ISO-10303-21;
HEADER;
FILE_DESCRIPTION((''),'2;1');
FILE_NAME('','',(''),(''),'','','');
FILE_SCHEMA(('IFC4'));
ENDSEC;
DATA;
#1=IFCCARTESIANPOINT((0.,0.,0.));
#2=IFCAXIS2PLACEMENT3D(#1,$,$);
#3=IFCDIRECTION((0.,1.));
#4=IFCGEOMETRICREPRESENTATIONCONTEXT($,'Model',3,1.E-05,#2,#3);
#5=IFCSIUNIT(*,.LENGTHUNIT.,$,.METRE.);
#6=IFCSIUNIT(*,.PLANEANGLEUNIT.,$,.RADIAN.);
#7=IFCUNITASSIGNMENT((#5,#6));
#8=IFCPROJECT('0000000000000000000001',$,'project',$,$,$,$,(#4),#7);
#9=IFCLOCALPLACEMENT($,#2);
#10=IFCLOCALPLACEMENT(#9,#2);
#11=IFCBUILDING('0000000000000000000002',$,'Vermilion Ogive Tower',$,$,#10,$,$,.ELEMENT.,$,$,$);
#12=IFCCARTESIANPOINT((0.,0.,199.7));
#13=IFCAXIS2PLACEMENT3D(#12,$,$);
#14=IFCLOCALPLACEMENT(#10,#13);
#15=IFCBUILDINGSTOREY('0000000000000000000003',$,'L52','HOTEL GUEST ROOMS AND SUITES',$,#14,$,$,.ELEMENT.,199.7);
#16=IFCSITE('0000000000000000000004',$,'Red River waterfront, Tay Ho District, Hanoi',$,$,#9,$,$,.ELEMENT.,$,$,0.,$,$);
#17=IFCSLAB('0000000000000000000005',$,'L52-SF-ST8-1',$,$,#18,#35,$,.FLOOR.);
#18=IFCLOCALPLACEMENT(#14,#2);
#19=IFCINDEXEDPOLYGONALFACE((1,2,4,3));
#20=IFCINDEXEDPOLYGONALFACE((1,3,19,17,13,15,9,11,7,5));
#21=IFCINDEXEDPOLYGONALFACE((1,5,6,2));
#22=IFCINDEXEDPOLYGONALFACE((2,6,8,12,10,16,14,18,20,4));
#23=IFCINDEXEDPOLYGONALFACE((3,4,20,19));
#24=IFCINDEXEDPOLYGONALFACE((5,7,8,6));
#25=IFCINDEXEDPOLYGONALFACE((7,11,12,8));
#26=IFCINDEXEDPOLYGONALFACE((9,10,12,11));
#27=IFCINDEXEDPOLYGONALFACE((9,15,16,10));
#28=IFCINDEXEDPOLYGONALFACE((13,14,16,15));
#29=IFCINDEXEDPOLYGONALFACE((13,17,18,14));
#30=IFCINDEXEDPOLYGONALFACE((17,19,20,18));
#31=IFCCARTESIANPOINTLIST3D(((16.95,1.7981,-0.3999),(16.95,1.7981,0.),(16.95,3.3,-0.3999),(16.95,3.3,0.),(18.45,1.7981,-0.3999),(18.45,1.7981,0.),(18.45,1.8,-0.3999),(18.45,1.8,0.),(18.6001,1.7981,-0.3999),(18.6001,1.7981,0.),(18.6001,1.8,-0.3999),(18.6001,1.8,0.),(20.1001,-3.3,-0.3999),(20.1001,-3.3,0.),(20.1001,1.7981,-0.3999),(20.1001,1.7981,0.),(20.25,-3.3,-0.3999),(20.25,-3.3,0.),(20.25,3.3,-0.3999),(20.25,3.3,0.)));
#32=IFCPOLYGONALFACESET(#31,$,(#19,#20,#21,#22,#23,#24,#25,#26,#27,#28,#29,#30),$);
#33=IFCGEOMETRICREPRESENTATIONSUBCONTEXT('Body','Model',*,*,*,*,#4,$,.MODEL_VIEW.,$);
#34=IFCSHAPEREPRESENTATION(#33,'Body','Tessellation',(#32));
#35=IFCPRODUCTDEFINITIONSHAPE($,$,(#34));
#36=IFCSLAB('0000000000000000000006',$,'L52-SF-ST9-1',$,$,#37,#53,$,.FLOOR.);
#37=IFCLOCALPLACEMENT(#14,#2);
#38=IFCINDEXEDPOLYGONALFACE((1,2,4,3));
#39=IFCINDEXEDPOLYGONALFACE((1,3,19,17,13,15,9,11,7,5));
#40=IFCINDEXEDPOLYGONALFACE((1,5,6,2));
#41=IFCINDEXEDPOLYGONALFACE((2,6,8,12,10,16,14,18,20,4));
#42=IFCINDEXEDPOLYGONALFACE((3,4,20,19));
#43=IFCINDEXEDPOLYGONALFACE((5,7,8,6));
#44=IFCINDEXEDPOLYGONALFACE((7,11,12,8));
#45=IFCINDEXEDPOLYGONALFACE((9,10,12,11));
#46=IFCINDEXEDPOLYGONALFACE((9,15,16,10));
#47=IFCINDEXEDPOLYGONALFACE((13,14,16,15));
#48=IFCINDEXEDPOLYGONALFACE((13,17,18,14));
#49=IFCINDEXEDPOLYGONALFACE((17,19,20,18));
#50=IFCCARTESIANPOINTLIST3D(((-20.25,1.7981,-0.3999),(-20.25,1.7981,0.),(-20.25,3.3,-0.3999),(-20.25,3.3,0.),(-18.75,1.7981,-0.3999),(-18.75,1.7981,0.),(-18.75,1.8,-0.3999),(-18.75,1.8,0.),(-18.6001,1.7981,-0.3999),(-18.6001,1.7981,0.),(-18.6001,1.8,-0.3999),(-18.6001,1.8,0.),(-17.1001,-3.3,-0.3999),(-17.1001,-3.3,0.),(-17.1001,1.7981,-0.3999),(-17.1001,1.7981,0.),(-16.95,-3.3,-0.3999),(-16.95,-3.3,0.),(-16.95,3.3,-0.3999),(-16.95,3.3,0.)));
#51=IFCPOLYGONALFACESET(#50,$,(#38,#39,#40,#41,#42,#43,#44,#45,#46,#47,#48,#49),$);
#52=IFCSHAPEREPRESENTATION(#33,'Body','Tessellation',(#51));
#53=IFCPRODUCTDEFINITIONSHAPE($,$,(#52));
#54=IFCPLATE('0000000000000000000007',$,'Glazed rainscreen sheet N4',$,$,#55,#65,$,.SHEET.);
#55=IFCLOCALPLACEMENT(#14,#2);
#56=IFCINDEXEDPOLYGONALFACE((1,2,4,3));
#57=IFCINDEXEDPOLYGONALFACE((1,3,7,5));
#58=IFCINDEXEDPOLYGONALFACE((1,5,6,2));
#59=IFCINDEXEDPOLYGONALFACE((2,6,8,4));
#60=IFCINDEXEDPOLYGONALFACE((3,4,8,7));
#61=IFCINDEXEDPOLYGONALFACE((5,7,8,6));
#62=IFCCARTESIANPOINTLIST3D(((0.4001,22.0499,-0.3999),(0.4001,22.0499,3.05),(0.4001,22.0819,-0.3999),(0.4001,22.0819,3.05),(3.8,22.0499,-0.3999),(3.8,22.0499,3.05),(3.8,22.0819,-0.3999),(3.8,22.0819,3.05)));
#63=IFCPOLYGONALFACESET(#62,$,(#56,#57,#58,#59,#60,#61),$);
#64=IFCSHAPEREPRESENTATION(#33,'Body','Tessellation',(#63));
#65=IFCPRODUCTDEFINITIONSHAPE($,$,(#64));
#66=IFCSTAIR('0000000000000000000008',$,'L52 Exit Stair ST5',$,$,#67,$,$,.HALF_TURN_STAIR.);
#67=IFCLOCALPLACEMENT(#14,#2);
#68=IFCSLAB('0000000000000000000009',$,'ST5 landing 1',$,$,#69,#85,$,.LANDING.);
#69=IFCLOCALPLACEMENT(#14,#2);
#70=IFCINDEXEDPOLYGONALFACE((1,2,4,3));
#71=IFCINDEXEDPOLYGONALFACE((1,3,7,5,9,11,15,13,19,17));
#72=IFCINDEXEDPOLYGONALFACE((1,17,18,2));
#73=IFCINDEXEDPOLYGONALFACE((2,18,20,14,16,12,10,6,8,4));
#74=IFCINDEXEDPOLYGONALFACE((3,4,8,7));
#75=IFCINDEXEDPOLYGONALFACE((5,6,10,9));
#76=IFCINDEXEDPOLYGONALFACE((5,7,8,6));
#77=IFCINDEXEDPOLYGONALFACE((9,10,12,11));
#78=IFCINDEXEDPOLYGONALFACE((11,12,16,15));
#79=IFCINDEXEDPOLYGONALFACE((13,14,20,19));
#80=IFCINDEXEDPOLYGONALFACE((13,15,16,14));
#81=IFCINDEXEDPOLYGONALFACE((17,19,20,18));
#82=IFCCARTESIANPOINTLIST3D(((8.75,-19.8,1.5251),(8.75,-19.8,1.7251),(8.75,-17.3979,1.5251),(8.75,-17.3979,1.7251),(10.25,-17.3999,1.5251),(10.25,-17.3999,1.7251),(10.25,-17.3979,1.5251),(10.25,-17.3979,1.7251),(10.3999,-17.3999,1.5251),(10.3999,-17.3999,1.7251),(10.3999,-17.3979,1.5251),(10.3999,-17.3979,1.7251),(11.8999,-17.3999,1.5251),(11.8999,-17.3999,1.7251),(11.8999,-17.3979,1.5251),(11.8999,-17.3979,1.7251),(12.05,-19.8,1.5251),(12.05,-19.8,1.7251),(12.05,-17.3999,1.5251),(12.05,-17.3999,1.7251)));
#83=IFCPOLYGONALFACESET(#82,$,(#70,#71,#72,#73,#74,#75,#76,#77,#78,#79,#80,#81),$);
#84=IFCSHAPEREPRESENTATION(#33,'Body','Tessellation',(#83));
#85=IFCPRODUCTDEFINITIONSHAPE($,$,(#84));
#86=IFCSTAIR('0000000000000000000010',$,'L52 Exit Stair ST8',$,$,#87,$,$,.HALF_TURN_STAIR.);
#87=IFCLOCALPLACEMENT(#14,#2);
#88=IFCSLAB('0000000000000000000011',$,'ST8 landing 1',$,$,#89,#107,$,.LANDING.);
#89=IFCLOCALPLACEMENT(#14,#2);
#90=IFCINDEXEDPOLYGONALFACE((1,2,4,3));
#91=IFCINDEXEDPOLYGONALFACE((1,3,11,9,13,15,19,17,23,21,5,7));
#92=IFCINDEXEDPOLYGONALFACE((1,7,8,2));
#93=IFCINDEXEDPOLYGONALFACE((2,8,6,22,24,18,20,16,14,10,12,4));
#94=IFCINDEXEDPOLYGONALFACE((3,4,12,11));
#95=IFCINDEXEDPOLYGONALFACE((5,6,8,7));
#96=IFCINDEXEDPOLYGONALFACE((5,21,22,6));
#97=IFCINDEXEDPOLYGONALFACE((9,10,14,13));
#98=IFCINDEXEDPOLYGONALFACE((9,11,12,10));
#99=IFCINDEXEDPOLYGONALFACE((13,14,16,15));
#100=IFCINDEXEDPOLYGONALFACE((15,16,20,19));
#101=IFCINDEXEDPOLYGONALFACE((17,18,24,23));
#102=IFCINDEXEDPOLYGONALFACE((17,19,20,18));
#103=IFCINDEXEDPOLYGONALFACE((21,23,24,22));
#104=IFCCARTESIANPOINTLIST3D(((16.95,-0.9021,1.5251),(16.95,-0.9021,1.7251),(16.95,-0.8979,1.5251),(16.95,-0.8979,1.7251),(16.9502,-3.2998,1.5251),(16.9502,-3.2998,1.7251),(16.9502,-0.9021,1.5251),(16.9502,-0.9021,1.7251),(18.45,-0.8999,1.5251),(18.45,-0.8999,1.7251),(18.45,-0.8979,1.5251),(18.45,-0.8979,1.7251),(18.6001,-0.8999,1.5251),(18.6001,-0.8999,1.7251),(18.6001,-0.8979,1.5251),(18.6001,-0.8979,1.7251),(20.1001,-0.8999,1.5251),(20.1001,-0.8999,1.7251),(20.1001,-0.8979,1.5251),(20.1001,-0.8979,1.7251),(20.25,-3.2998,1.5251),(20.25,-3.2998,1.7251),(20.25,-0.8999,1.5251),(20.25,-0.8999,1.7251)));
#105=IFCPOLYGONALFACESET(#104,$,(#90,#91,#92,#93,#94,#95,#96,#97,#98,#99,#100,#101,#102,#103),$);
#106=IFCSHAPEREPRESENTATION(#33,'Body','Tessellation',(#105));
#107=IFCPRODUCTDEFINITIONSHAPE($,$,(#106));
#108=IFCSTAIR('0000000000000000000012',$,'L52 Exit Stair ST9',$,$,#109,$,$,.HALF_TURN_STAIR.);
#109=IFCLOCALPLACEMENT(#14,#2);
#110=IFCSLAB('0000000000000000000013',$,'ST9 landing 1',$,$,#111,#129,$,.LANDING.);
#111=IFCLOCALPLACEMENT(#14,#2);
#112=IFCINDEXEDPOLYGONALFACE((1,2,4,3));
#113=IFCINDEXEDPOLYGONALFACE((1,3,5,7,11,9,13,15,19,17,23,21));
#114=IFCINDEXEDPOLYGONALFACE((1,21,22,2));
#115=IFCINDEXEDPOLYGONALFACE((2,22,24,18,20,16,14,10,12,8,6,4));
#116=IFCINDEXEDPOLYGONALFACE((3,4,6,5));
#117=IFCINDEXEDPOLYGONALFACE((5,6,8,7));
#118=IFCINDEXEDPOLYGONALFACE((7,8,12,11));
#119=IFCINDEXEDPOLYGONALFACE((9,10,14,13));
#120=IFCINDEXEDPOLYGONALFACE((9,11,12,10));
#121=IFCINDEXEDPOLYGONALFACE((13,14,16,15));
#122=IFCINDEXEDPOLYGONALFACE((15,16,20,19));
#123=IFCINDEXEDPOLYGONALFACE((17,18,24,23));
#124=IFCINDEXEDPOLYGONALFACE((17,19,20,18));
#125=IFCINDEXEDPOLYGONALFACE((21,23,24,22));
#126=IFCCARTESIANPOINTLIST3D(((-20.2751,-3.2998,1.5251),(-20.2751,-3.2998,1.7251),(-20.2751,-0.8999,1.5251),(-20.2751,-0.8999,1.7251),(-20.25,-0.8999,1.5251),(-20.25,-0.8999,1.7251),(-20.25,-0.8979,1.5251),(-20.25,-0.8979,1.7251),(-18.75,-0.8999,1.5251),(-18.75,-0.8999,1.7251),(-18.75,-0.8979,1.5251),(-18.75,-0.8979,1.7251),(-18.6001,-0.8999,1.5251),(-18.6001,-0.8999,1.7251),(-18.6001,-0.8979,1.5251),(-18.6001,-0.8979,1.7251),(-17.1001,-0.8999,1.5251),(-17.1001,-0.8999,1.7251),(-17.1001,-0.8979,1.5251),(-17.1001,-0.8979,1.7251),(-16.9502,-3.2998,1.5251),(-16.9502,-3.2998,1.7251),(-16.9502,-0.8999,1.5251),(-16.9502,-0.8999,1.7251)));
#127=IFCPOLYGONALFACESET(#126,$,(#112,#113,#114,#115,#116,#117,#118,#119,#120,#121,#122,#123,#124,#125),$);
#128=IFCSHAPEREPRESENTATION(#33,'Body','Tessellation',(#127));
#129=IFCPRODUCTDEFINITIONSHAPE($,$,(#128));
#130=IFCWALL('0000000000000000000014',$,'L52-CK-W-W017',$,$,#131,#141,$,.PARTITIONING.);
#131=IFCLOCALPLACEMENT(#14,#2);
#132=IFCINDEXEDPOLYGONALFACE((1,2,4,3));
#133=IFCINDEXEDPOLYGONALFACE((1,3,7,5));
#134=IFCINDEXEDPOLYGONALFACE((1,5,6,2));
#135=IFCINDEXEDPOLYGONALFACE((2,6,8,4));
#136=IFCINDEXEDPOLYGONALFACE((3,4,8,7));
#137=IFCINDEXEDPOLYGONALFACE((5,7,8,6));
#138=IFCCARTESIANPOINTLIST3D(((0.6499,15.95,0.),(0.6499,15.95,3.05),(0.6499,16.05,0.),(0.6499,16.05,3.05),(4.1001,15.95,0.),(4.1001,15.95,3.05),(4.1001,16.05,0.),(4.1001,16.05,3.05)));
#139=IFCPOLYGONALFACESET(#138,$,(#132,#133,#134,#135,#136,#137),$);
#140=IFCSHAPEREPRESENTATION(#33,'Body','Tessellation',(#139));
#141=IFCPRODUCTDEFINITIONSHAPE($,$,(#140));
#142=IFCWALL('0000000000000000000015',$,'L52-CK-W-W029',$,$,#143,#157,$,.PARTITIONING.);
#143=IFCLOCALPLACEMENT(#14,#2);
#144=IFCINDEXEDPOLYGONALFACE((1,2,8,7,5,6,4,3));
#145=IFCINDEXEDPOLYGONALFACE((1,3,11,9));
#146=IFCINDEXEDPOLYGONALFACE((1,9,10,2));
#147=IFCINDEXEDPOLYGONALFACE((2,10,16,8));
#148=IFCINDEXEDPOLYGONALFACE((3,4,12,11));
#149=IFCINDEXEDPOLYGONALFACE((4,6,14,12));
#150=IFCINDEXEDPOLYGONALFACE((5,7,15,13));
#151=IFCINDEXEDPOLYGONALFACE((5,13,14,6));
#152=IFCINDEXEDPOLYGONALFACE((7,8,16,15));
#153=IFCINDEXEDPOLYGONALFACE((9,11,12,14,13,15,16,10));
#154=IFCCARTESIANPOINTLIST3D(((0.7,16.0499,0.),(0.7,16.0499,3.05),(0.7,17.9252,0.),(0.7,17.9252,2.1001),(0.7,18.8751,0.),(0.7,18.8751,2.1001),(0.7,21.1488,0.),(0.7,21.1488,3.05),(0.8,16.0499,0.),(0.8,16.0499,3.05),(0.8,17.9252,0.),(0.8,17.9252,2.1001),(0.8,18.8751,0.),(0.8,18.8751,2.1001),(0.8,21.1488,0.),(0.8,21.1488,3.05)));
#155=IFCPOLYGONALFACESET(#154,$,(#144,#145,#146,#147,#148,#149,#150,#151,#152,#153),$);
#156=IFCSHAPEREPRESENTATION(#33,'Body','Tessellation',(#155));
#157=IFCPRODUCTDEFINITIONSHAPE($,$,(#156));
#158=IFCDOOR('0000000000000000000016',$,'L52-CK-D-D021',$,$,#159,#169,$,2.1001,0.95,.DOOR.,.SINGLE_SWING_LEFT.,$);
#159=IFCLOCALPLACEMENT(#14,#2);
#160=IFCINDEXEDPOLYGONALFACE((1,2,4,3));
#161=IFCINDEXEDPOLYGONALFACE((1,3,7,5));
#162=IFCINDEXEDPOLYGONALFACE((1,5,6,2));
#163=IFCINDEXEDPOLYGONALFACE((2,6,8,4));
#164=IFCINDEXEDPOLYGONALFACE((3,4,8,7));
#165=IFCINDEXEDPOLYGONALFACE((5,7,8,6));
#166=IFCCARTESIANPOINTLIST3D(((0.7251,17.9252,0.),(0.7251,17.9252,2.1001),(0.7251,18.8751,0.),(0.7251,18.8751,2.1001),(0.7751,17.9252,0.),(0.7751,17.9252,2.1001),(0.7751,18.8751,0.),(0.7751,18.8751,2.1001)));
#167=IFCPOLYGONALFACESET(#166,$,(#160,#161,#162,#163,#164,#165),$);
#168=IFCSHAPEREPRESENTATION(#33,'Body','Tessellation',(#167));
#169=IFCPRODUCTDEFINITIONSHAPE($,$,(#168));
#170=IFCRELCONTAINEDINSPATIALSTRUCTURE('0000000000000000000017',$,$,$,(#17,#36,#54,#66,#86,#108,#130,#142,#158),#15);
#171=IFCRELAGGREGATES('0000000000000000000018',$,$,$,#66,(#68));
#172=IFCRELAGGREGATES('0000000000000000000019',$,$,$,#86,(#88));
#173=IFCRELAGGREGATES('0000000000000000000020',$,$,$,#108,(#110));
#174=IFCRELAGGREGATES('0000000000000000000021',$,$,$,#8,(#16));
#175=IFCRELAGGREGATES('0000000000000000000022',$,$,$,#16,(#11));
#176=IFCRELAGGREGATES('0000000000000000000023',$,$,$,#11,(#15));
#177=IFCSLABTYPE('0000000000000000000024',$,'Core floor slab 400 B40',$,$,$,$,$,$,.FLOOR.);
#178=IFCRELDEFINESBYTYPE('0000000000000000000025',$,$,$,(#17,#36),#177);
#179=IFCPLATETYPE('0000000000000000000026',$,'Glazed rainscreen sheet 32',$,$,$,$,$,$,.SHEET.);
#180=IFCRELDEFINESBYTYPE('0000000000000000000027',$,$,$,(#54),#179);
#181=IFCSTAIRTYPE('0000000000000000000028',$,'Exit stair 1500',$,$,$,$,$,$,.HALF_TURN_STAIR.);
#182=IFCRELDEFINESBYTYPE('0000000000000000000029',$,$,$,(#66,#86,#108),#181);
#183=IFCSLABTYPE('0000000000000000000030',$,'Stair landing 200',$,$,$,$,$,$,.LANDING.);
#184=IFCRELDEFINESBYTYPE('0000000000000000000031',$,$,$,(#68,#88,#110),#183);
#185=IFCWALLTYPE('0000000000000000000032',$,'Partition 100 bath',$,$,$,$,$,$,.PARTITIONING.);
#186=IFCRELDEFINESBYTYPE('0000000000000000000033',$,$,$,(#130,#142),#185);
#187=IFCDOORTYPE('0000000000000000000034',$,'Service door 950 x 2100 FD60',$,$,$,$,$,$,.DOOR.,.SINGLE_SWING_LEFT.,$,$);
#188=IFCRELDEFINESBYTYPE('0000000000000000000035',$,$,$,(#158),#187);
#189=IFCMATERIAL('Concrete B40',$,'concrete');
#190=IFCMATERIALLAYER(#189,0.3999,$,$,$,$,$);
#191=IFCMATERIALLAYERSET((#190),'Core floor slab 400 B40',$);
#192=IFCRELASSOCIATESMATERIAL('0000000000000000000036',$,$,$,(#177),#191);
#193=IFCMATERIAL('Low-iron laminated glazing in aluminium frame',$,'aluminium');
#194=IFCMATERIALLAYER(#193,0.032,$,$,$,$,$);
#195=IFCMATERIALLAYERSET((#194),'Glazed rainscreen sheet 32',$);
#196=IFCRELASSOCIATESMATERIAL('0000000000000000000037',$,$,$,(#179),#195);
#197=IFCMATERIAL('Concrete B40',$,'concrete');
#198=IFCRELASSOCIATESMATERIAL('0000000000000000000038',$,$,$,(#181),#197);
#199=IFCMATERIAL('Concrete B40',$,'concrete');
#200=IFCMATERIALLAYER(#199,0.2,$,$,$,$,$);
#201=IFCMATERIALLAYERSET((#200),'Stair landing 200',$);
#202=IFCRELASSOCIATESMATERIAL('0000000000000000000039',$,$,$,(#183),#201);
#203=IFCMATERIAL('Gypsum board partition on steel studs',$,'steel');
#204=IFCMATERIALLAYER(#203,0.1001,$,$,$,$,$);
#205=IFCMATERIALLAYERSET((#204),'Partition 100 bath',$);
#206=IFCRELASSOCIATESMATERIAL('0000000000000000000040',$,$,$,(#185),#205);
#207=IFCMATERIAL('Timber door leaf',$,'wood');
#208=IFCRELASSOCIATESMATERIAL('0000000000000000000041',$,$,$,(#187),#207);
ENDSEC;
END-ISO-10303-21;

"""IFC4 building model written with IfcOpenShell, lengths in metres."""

from ifc_helpers import new_model, si_unit, direction, frame, frame_2d, origin, origin_2d, place, context, subcontext, project, spatial, polyline, rectangle, outline, extrude, material, layer, layer_set, type_object, element, fill, aggregate, save


model = new_model("IFC4")

# Units and contexts
model_context = context("Model", 3, precision=1e-05, world=origin(), true_north=direction((0.0, 1.0)))
body_context = subcontext(model_context, "Body", "Model", "MODEL_VIEW")
ifc_project = project(units=[si_unit("LENGTHUNIT", "METRE"), si_unit("PLANEANGLEUNIT", "RADIAN")], contexts=[model_context])

# Site, building, storey
site_placement = place(None, origin())
site = spatial("IfcSite", under=ifc_project, at=site_placement, Name="Red River waterfront, Tay Ho District, Hanoi", CompositionType="ELEMENT", RefElevation=0.0)
building_placement = place(site_placement, origin())
building = spatial("IfcBuilding", under=site, at=building_placement, Name="Vermilion Ogive Tower", CompositionType="ELEMENT")
storey_placement = place(building_placement, frame((0.0, 0.0, 199.7)))
storey = spatial("IfcBuildingStorey", under=building, at=storey_placement, Name="L52", Description="HOTEL GUEST ROOMS AND SUITES", CompositionType="ELEMENT", Elevation=199.7)

# Slabs
ifc_material_1 = material(Name="Concrete B40", Category="concrete")
ifc_layer_1 = layer(ifc_material_1, 0.3999)
ifc_layer_set_1 = layer_set([ifc_layer_1], Name="Core floor slab 400 B40")
slab_type_1 = type_object("IfcSlabType", Name="Core floor slab 400 B40", PredefinedType="FLOOR", material=ifc_layer_set_1)
slab_1_placement = place(storey_placement, frame((0.0, 0.0, -0.3999)))
element("IfcSlab", 1, at=slab_1_placement, inside=storey, type_object=slab_type_1, Name="L52-SF-ST8-1", PredefinedType="FLOOR", context=body_context, shape_type="SweptSolid", body=[
    extrude(outline(polyline([(16.95, 3.3), (16.95, 1.7981), (18.45, 1.7981), (18.45, 1.8), (18.6001, 1.8), (18.6001, 1.7981), (20.1001, 1.7981), (20.1001, -3.3), (20.25, -3.3), (20.25, 3.3), (16.95, 3.3)])), origin(), (0.0, 0.0, 1.0), 0.3999),
])
slab_2_placement = place(storey_placement, frame((0.0, 0.0, -0.3999)))
element("IfcSlab", 2, at=slab_2_placement, inside=storey, type_object=slab_type_1, Name="L52-SF-ST9-1", PredefinedType="FLOOR", context=body_context, shape_type="SweptSolid", body=[
    extrude(outline(polyline([(-20.25, 3.3), (-20.25, 1.7981), (-18.75, 1.7981), (-18.75, 1.8), (-18.6001, 1.8), (-18.6001, 1.7981), (-17.1001, 1.7981), (-17.1001, -3.3), (-16.95, -3.3), (-16.95, 3.3), (-20.25, 3.3)])), origin(), (0.0, 0.0, 1.0), 0.3999),
])

# Plate
ifc_material_2 = material(Name="Low-iron laminated glazing in aluminium frame", Category="aluminium")
ifc_layer_2 = layer(ifc_material_2, 0.032)
ifc_layer_set_2 = layer_set([ifc_layer_2], Name="Glazed rainscreen sheet 32")
plate_type = type_object("IfcPlateType", Name="Glazed rainscreen sheet 32", PredefinedType="SHEET", material=ifc_layer_set_2)
plate_placement = place(storey_placement, frame((2.1001, 22.0659, -0.3999), z_axis=(0.0, 0.0, 1.0), x_axis=(1.0, 0.0, 0.0)))
element("IfcPlate", 3, at=plate_placement, inside=storey, type_object=plate_type, Name="Glazed rainscreen sheet N4", PredefinedType="SHEET", context=body_context, shape_type="SweptSolid", body=[
    extrude(rectangle(XDim=3.3999, YDim=0.032, at=origin_2d()), origin(), (0.0, 0.0, 1.0), 3.45),
])

# Stairs, slabs
ifc_material_3 = material(Name="Concrete B40", Category="concrete")
stair_type = type_object("IfcStairType", Name="Exit stair 1500", PredefinedType="HALF_TURN_STAIR", material=ifc_material_3)
stair_1_placement = place(storey_placement, origin())
stair_1 = element("IfcStair", 4, at=stair_1_placement, inside=storey, type_object=stair_type, Name="L52 Exit Stair ST5", PredefinedType="HALF_TURN_STAIR")
ifc_material_4 = material(Name="Concrete B40", Category="concrete")
ifc_layer_3 = layer(ifc_material_4, 0.2)
ifc_layer_set_3 = layer_set([ifc_layer_3], Name="Stair landing 200")
slab_type_2 = type_object("IfcSlabType", Name="Stair landing 200", PredefinedType="LANDING", material=ifc_layer_set_3)
slab_3_placement = place(storey_placement, frame((0.0, 0.0, 1.5251)))
slab_3 = element("IfcSlab", 5, at=slab_3_placement, type_object=slab_type_2, Name="ST5 landing 1", PredefinedType="LANDING", context=body_context, shape_type="SweptSolid", body=[
    extrude(outline(polyline([(12.05, -17.3999), (11.8999, -17.3999), (11.8999, -17.3979), (10.3999, -17.3979), (10.3999, -17.3999), (10.25, -17.3999), (10.25, -17.3979), (8.75, -17.3979), (8.75, -19.8), (12.05, -19.8), (12.05, -17.3999)])), origin(), (0.0, 0.0, 1.0), 0.2),
])
aggregate(stair_1, [slab_3])
stair_2_placement = place(storey_placement, origin())
stair_2 = element("IfcStair", 6, at=stair_2_placement, inside=storey, type_object=stair_type, Name="L52 Exit Stair ST8", PredefinedType="HALF_TURN_STAIR")
slab_4_placement = place(storey_placement, frame((0.0, 0.0, 1.5251)))
slab_4 = element("IfcSlab", 7, at=slab_4_placement, type_object=slab_type_2, Name="ST8 landing 1", PredefinedType="LANDING", context=body_context, shape_type="SweptSolid", body=[
    extrude(outline(polyline([(20.25, -0.8999), (20.1001, -0.8999), (20.1001, -0.8979), (18.6001, -0.8979), (18.6001, -0.8999), (18.45, -0.8999), (18.45, -0.8979), (16.95, -0.8979), (16.95, -0.9021), (16.9502, -0.9021), (16.9502, -3.2998), (20.25, -3.2998), (20.25, -0.8999)])), origin(), (0.0, 0.0, 1.0), 0.2),
])
aggregate(stair_2, [slab_4])
stair_3_placement = place(storey_placement, origin())
stair_3 = element("IfcStair", 8, at=stair_3_placement, inside=storey, type_object=stair_type, Name="L52 Exit Stair ST9", PredefinedType="HALF_TURN_STAIR")
slab_5_placement = place(storey_placement, frame((0.0, 0.0, 1.5251)))
slab_5 = element("IfcSlab", 9, at=slab_5_placement, type_object=slab_type_2, Name="ST9 landing 1", PredefinedType="LANDING", context=body_context, shape_type="SweptSolid", body=[
    extrude(outline(polyline([(-16.9502, -0.8999), (-17.1001, -0.8999), (-17.1001, -0.8979), (-18.6001, -0.8979), (-18.6001, -0.8999), (-18.75, -0.8999), (-18.75, -0.8979), (-20.25, -0.8979), (-20.25, -0.8999), (-20.2751, -0.8999), (-20.2751, -3.2998), (-16.9502, -3.2998), (-16.9502, -0.8999)])), origin(), (0.0, 0.0, 1.0), 0.2),
])
aggregate(stair_3, [slab_5])

# Wall
ifc_material_5 = material(Name="Gypsum board partition on steel studs", Category="steel")
ifc_layer_4 = layer(ifc_material_5, 0.1001)
ifc_layer_set_4 = layer_set([ifc_layer_4], Name="Partition 100 bath")
wall_type_1 = type_object("IfcWallType", Name="Partition 100 bath", PredefinedType="PARTITIONING", material=ifc_layer_set_4)
wall_1_placement = place(storey_placement, frame((0.6499, 16.0, 0.0), z_axis=(0.0, 0.0, 1.0), x_axis=(1.0, 0.0, 0.0)))
element("IfcWall", 10, at=wall_1_placement, inside=storey, type_object=wall_type_1, Name="L52-CK-W-W017", PredefinedType="PARTITIONING", context=body_context, shape_type="SweptSolid", body=[
    extrude(rectangle(XDim=3.4502, YDim=0.1001, at=frame_2d((1.7251, 0.0))), origin(), (0.0, 0.0, 1.0), 3.05),
])

# Wall, opening, door
wall_2_placement = place(storey_placement, frame((0.75, 16.05, 0.0), z_axis=(0.0, 0.0, 1.0), x_axis=(0.0, 1.0, 0.0)))
wall_2 = element("IfcWall", 11, at=wall_2_placement, inside=storey, type_object=wall_type_1, Name="L52-CK-W-W029", PredefinedType="PARTITIONING", context=body_context, shape_type="SweptSolid", body=[
    extrude(rectangle(XDim=5.0989, YDim=0.1001, at=frame_2d((2.5493, 0.0))), origin(), (0.0, 0.0, 1.0), 3.05),
])
opening_1_placement = place(wall_2_placement, frame((1.875, 0.0, 0.0)))
opening_1 = element("IfcOpeningElement", 12, at=opening_1_placement, cuts=wall_2, PredefinedType="OPENING", context=body_context, shape_type="SweptSolid", body=[
    extrude(rectangle(XDim=0.95, YDim=2.1001, at=frame_2d((0.4751, 1.05))), frame((0.0, 0.0601, 0.0), z_axis=(0.0, -1.0, 0.0), x_axis=(1.0, 0.0, 0.0)), (0.0, 0.0, 1.0), 0.1201),
])
ifc_material_6 = material(Name="Timber door leaf", Category="wood")
door_type_1 = type_object("IfcDoorType", Name="Service door 950 x 2100 FD60", OperationType="SINGLE_SWING_LEFT", PredefinedType="DOOR", material=ifc_material_6)
door_1_placement = place(opening_1_placement, origin())
door_1 = element("IfcDoor", 13, at=door_1_placement, inside=storey, type_object=door_type_1, Name="L52-CK-D-D021", OperationType="SINGLE_SWING_LEFT", OverallHeight=2.1001, OverallWidth=0.95, PredefinedType="DOOR", context=body_context, shape_type="SweptSolid", body=[
    extrude(rectangle(XDim=0.95, YDim=2.1001, at=frame_2d((0.4751, 1.05))), frame((0.0, 0.0249, 0.0), z_axis=(0.0, -1.0, 0.0), x_axis=(1.0, 0.0, 0.0)), (0.0, 0.0, 1.0), 0.05),
])
fill(opening_1, door_1)

save(model, "model.ifc")
